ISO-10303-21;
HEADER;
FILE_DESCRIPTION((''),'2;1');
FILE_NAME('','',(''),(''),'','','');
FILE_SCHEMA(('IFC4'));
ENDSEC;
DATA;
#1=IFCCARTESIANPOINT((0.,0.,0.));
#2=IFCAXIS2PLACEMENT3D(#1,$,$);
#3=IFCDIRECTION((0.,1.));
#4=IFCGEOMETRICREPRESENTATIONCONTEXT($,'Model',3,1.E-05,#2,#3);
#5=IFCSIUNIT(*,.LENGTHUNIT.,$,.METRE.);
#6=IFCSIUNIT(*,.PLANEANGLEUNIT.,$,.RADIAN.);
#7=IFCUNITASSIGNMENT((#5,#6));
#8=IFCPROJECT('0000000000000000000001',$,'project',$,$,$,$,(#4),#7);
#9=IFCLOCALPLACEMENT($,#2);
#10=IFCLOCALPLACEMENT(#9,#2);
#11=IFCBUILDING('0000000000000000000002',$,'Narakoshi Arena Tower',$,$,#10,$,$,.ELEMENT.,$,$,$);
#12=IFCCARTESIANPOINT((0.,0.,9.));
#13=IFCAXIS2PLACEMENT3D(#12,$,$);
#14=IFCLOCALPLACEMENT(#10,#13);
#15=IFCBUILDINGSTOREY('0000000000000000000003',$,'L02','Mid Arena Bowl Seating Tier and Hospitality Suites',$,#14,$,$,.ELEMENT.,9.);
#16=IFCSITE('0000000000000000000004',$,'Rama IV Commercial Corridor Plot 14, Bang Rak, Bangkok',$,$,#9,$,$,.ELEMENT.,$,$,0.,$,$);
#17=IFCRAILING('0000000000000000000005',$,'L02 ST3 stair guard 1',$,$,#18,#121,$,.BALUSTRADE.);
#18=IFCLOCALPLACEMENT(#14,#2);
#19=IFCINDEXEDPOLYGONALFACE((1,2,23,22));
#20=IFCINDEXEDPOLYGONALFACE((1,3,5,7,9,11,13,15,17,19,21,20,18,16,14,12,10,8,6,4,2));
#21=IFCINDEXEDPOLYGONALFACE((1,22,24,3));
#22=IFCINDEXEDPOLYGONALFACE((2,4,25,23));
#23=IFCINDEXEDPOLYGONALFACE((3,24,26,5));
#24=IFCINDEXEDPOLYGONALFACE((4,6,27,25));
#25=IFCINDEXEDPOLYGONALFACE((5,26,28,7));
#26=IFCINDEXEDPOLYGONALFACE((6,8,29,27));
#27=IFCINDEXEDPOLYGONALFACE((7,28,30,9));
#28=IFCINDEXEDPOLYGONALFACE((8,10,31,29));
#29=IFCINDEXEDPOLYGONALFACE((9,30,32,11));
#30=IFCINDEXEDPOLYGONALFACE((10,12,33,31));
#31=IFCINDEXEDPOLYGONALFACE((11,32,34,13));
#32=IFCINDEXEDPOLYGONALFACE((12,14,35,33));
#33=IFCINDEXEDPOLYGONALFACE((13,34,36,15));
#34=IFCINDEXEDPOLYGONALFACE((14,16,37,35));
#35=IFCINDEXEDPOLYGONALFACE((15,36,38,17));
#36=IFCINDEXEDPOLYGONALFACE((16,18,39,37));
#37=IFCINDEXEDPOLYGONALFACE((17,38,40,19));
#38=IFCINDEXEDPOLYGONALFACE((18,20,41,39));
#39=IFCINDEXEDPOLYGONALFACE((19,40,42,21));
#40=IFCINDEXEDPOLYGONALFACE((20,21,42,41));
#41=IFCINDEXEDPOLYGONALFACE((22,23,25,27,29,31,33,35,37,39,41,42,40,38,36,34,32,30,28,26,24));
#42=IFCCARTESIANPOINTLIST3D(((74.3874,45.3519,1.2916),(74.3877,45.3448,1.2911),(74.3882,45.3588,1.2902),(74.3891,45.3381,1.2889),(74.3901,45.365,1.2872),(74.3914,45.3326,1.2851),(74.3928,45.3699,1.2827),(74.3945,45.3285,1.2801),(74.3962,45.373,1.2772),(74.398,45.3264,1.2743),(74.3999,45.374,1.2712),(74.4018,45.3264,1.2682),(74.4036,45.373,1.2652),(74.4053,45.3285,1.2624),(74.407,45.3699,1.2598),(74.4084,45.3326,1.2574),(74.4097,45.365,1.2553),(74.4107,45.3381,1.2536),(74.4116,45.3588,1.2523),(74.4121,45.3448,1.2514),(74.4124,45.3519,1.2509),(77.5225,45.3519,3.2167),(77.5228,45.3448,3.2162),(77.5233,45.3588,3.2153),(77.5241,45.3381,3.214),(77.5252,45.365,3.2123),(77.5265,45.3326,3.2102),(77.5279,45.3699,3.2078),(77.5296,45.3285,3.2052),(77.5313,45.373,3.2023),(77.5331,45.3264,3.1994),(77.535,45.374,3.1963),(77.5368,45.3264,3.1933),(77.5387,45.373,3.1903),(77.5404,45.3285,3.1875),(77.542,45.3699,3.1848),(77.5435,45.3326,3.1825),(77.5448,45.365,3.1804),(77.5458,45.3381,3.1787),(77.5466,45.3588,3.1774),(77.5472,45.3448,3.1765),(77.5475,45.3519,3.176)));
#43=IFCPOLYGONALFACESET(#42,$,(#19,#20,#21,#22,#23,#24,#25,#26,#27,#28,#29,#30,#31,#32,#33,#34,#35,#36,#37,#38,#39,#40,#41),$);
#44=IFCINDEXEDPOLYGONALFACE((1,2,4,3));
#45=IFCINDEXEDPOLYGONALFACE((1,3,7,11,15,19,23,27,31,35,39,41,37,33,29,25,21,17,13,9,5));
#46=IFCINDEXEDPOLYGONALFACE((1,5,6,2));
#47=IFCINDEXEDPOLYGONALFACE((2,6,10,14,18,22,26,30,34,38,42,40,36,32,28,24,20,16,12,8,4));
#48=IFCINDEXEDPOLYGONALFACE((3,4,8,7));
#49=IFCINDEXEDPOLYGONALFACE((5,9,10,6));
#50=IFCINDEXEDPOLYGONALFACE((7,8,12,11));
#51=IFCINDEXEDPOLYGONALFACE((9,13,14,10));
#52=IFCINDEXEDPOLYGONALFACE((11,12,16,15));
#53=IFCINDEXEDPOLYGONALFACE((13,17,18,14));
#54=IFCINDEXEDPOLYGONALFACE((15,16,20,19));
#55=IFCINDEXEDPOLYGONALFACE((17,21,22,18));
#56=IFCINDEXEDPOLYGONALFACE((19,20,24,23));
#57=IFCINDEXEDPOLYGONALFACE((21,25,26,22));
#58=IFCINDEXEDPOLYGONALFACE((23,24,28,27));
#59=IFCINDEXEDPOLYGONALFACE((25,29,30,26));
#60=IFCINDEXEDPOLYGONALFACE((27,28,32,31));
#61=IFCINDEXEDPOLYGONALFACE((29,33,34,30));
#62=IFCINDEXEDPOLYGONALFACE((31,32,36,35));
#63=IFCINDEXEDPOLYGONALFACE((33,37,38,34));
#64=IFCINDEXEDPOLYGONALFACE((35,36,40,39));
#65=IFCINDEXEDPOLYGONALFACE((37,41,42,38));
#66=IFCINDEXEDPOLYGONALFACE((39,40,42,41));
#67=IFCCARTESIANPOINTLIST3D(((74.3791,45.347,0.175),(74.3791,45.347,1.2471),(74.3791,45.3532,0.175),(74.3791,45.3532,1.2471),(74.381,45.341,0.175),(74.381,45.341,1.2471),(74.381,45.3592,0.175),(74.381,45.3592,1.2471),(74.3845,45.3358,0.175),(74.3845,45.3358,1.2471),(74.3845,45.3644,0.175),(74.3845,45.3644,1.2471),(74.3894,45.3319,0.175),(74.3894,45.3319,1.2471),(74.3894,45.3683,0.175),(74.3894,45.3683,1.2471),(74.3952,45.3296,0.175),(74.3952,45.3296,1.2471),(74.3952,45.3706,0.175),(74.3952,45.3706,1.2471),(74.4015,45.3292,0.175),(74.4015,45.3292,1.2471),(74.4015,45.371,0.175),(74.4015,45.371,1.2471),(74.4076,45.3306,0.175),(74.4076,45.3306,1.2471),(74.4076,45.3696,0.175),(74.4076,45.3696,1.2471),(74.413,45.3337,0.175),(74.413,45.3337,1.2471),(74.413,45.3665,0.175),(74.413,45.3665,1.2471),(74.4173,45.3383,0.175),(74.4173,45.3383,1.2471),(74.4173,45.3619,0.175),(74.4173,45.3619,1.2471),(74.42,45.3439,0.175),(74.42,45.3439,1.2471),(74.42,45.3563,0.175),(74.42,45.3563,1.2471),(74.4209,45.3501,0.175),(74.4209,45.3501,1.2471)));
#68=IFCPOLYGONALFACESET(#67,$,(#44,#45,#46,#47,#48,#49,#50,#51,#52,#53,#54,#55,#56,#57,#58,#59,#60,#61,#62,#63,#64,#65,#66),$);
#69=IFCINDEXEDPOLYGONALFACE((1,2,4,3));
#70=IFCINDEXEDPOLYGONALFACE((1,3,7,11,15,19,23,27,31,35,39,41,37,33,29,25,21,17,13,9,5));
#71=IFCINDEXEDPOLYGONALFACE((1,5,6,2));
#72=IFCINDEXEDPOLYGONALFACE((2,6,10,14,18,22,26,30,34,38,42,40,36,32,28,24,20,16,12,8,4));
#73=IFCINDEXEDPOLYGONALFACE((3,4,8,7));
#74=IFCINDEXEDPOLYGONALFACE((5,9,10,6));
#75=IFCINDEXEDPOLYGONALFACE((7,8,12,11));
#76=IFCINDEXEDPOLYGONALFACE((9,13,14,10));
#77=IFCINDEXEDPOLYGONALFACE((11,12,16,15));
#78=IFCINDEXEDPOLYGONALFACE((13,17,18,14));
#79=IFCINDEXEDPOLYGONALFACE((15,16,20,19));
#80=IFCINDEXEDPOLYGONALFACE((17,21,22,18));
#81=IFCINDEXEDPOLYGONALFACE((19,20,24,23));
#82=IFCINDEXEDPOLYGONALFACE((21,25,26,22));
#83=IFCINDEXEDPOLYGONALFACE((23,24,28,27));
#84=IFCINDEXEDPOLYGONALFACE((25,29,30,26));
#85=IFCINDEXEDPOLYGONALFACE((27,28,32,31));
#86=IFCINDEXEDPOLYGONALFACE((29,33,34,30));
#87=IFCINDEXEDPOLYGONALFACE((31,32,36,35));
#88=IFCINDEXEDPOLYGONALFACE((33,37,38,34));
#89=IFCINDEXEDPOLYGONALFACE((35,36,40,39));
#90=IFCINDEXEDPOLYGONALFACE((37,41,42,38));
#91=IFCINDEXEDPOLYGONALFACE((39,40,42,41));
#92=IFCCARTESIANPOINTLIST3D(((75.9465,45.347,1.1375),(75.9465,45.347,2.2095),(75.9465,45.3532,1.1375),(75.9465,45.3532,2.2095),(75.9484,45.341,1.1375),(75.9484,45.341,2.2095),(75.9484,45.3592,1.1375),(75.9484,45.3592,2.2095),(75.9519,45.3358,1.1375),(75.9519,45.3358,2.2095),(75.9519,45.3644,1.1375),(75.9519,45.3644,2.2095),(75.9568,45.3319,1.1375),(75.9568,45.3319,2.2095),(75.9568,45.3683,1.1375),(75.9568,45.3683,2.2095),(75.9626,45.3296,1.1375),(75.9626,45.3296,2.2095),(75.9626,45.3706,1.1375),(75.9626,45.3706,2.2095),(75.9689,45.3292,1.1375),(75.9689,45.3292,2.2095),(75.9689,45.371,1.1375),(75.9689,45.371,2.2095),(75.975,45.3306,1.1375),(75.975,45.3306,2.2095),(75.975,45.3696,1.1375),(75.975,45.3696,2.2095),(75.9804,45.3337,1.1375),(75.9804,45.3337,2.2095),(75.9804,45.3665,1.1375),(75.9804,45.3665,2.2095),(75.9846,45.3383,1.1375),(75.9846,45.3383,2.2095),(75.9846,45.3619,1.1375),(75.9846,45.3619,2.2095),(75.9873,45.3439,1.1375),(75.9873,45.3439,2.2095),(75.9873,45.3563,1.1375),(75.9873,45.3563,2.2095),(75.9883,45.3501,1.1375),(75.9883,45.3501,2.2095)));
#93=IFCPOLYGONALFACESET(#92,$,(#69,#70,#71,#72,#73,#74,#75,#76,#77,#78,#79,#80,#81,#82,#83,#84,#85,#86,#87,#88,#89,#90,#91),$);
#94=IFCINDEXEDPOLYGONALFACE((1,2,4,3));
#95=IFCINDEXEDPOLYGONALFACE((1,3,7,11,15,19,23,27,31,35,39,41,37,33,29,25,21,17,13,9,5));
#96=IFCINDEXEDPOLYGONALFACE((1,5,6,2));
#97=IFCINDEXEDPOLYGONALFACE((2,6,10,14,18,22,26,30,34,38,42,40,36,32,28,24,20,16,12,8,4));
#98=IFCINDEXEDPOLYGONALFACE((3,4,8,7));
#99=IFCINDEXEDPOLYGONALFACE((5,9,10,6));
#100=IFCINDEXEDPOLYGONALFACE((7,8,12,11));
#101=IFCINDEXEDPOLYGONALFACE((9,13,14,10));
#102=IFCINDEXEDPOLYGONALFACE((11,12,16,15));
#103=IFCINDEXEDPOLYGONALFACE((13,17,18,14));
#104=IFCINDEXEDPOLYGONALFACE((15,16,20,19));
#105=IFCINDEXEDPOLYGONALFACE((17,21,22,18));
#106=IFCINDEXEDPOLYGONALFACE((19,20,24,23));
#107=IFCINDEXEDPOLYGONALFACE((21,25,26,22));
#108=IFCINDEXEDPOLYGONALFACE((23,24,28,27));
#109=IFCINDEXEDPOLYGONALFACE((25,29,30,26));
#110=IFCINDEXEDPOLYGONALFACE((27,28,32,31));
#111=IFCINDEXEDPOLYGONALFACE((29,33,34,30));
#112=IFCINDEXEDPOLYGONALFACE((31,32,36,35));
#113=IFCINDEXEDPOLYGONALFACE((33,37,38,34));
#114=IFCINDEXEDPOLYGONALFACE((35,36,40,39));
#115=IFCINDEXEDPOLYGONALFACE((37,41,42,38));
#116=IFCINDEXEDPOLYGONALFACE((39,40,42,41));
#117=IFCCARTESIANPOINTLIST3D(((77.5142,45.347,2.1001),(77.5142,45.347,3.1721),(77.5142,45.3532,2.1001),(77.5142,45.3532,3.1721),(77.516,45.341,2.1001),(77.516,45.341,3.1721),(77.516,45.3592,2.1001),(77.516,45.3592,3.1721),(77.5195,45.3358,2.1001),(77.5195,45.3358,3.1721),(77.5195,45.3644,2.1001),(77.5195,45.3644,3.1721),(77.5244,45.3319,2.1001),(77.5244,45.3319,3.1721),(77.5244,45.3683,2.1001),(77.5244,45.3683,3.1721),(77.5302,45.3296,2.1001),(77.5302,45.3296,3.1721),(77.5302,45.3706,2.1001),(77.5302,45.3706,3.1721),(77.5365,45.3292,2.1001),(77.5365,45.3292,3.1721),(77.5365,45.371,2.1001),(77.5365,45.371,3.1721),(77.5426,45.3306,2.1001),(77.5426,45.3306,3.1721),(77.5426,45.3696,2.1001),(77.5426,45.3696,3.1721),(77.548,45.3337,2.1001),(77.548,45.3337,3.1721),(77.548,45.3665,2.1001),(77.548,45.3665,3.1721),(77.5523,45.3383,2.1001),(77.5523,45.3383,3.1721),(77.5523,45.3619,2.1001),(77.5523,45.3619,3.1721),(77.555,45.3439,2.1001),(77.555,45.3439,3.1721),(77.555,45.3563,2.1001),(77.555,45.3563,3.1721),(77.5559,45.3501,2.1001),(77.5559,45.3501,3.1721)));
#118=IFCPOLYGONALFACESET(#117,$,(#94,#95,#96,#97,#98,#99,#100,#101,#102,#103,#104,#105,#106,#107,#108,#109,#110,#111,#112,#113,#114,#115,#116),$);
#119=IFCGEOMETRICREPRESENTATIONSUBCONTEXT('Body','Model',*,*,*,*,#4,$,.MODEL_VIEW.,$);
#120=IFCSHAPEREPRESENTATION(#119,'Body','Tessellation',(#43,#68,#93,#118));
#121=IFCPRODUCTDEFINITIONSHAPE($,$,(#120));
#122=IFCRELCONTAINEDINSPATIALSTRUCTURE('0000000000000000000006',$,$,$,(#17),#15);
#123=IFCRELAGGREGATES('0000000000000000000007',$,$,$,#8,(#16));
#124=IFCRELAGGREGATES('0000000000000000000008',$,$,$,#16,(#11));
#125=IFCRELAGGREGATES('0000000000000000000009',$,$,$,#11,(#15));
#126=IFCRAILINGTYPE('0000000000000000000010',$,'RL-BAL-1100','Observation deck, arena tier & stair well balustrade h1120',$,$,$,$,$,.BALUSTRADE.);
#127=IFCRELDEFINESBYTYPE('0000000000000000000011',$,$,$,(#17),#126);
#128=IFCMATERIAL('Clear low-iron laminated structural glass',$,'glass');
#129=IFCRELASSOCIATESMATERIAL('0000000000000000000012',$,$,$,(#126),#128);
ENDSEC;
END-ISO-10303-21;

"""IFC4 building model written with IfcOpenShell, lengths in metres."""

from ifc_helpers import new_model, si_unit, direction, frame, origin, origin_2d, place, context, subcontext, project, spatial, circle, extrude, material, type_object, element, save


model = new_model("IFC4")

# Units and contexts
model_context = context("Model", 3, precision=1e-05, world=origin(), true_north=direction((0.0, 1.0)))
body_context = subcontext(model_context, "Body", "Model", "MODEL_VIEW")
ifc_project = project(units=[si_unit("LENGTHUNIT", "METRE"), si_unit("PLANEANGLEUNIT", "RADIAN")], contexts=[model_context])

# Site, building, storey
site_placement = place(None, origin())
site = spatial("IfcSite", under=ifc_project, at=site_placement, Name="Rama IV Commercial Corridor Plot 14, Bang Rak, Bangkok", CompositionType="ELEMENT", RefElevation=0.0)
building_placement = place(site_placement, origin())
building = spatial("IfcBuilding", under=site, at=building_placement, Name="Narakoshi Arena Tower", CompositionType="ELEMENT")
storey_placement = place(building_placement, frame((0.0, 0.0, 9.0)))
storey = spatial("IfcBuildingStorey", under=building, at=storey_placement, Name="L02", Description="Mid Arena Bowl Seating Tier and Hospitality Suites", CompositionType="ELEMENT", Elevation=9.0)

# Railing
ifc_material_1 = material(Name="Clear low-iron laminated structural glass", Category="glass")
railing_type_1 = type_object("IfcRailingType", Name="RL-BAL-1100", Description="Observation deck, arena tier & stair well balustrade h1120", PredefinedType="BALUSTRADE", material=ifc_material_1)
railing_1_placement = place(storey_placement, frame((74.3999, 45.3501, 0.175)))
element("IfcRailing", 1, at=railing_1_placement, inside=storey, type_object=railing_type_1, Name="L02 ST3 stair guard 1", PredefinedType="BALUSTRADE", context=body_context, shape_type="SweptSolid", body=[
    extrude(circle(Radius=0.0239, at=origin_2d()), frame((0.0, 0.0, 1.0962), z_axis=(0.852166, 0.0, 0.523271), x_axis=(0.0, 1.0, 0.0)), (0.0, 0.0, 1.0), 3.679),
    extrude(circle(Radius=0.021, at=origin_2d()), origin(), (0.0, 0.0, 1.0), 1.072),
    extrude(circle(Radius=0.021, at=origin_2d()), frame((1.5674, 0.0, 0.9624)), (0.0, 0.0, 1.0), 1.072),
    extrude(circle(Radius=0.021, at=origin_2d()), frame((3.135, 0.0, 1.925)), (0.0, 0.0, 1.0), 1.072),
])

save(model, "model.ifc")
